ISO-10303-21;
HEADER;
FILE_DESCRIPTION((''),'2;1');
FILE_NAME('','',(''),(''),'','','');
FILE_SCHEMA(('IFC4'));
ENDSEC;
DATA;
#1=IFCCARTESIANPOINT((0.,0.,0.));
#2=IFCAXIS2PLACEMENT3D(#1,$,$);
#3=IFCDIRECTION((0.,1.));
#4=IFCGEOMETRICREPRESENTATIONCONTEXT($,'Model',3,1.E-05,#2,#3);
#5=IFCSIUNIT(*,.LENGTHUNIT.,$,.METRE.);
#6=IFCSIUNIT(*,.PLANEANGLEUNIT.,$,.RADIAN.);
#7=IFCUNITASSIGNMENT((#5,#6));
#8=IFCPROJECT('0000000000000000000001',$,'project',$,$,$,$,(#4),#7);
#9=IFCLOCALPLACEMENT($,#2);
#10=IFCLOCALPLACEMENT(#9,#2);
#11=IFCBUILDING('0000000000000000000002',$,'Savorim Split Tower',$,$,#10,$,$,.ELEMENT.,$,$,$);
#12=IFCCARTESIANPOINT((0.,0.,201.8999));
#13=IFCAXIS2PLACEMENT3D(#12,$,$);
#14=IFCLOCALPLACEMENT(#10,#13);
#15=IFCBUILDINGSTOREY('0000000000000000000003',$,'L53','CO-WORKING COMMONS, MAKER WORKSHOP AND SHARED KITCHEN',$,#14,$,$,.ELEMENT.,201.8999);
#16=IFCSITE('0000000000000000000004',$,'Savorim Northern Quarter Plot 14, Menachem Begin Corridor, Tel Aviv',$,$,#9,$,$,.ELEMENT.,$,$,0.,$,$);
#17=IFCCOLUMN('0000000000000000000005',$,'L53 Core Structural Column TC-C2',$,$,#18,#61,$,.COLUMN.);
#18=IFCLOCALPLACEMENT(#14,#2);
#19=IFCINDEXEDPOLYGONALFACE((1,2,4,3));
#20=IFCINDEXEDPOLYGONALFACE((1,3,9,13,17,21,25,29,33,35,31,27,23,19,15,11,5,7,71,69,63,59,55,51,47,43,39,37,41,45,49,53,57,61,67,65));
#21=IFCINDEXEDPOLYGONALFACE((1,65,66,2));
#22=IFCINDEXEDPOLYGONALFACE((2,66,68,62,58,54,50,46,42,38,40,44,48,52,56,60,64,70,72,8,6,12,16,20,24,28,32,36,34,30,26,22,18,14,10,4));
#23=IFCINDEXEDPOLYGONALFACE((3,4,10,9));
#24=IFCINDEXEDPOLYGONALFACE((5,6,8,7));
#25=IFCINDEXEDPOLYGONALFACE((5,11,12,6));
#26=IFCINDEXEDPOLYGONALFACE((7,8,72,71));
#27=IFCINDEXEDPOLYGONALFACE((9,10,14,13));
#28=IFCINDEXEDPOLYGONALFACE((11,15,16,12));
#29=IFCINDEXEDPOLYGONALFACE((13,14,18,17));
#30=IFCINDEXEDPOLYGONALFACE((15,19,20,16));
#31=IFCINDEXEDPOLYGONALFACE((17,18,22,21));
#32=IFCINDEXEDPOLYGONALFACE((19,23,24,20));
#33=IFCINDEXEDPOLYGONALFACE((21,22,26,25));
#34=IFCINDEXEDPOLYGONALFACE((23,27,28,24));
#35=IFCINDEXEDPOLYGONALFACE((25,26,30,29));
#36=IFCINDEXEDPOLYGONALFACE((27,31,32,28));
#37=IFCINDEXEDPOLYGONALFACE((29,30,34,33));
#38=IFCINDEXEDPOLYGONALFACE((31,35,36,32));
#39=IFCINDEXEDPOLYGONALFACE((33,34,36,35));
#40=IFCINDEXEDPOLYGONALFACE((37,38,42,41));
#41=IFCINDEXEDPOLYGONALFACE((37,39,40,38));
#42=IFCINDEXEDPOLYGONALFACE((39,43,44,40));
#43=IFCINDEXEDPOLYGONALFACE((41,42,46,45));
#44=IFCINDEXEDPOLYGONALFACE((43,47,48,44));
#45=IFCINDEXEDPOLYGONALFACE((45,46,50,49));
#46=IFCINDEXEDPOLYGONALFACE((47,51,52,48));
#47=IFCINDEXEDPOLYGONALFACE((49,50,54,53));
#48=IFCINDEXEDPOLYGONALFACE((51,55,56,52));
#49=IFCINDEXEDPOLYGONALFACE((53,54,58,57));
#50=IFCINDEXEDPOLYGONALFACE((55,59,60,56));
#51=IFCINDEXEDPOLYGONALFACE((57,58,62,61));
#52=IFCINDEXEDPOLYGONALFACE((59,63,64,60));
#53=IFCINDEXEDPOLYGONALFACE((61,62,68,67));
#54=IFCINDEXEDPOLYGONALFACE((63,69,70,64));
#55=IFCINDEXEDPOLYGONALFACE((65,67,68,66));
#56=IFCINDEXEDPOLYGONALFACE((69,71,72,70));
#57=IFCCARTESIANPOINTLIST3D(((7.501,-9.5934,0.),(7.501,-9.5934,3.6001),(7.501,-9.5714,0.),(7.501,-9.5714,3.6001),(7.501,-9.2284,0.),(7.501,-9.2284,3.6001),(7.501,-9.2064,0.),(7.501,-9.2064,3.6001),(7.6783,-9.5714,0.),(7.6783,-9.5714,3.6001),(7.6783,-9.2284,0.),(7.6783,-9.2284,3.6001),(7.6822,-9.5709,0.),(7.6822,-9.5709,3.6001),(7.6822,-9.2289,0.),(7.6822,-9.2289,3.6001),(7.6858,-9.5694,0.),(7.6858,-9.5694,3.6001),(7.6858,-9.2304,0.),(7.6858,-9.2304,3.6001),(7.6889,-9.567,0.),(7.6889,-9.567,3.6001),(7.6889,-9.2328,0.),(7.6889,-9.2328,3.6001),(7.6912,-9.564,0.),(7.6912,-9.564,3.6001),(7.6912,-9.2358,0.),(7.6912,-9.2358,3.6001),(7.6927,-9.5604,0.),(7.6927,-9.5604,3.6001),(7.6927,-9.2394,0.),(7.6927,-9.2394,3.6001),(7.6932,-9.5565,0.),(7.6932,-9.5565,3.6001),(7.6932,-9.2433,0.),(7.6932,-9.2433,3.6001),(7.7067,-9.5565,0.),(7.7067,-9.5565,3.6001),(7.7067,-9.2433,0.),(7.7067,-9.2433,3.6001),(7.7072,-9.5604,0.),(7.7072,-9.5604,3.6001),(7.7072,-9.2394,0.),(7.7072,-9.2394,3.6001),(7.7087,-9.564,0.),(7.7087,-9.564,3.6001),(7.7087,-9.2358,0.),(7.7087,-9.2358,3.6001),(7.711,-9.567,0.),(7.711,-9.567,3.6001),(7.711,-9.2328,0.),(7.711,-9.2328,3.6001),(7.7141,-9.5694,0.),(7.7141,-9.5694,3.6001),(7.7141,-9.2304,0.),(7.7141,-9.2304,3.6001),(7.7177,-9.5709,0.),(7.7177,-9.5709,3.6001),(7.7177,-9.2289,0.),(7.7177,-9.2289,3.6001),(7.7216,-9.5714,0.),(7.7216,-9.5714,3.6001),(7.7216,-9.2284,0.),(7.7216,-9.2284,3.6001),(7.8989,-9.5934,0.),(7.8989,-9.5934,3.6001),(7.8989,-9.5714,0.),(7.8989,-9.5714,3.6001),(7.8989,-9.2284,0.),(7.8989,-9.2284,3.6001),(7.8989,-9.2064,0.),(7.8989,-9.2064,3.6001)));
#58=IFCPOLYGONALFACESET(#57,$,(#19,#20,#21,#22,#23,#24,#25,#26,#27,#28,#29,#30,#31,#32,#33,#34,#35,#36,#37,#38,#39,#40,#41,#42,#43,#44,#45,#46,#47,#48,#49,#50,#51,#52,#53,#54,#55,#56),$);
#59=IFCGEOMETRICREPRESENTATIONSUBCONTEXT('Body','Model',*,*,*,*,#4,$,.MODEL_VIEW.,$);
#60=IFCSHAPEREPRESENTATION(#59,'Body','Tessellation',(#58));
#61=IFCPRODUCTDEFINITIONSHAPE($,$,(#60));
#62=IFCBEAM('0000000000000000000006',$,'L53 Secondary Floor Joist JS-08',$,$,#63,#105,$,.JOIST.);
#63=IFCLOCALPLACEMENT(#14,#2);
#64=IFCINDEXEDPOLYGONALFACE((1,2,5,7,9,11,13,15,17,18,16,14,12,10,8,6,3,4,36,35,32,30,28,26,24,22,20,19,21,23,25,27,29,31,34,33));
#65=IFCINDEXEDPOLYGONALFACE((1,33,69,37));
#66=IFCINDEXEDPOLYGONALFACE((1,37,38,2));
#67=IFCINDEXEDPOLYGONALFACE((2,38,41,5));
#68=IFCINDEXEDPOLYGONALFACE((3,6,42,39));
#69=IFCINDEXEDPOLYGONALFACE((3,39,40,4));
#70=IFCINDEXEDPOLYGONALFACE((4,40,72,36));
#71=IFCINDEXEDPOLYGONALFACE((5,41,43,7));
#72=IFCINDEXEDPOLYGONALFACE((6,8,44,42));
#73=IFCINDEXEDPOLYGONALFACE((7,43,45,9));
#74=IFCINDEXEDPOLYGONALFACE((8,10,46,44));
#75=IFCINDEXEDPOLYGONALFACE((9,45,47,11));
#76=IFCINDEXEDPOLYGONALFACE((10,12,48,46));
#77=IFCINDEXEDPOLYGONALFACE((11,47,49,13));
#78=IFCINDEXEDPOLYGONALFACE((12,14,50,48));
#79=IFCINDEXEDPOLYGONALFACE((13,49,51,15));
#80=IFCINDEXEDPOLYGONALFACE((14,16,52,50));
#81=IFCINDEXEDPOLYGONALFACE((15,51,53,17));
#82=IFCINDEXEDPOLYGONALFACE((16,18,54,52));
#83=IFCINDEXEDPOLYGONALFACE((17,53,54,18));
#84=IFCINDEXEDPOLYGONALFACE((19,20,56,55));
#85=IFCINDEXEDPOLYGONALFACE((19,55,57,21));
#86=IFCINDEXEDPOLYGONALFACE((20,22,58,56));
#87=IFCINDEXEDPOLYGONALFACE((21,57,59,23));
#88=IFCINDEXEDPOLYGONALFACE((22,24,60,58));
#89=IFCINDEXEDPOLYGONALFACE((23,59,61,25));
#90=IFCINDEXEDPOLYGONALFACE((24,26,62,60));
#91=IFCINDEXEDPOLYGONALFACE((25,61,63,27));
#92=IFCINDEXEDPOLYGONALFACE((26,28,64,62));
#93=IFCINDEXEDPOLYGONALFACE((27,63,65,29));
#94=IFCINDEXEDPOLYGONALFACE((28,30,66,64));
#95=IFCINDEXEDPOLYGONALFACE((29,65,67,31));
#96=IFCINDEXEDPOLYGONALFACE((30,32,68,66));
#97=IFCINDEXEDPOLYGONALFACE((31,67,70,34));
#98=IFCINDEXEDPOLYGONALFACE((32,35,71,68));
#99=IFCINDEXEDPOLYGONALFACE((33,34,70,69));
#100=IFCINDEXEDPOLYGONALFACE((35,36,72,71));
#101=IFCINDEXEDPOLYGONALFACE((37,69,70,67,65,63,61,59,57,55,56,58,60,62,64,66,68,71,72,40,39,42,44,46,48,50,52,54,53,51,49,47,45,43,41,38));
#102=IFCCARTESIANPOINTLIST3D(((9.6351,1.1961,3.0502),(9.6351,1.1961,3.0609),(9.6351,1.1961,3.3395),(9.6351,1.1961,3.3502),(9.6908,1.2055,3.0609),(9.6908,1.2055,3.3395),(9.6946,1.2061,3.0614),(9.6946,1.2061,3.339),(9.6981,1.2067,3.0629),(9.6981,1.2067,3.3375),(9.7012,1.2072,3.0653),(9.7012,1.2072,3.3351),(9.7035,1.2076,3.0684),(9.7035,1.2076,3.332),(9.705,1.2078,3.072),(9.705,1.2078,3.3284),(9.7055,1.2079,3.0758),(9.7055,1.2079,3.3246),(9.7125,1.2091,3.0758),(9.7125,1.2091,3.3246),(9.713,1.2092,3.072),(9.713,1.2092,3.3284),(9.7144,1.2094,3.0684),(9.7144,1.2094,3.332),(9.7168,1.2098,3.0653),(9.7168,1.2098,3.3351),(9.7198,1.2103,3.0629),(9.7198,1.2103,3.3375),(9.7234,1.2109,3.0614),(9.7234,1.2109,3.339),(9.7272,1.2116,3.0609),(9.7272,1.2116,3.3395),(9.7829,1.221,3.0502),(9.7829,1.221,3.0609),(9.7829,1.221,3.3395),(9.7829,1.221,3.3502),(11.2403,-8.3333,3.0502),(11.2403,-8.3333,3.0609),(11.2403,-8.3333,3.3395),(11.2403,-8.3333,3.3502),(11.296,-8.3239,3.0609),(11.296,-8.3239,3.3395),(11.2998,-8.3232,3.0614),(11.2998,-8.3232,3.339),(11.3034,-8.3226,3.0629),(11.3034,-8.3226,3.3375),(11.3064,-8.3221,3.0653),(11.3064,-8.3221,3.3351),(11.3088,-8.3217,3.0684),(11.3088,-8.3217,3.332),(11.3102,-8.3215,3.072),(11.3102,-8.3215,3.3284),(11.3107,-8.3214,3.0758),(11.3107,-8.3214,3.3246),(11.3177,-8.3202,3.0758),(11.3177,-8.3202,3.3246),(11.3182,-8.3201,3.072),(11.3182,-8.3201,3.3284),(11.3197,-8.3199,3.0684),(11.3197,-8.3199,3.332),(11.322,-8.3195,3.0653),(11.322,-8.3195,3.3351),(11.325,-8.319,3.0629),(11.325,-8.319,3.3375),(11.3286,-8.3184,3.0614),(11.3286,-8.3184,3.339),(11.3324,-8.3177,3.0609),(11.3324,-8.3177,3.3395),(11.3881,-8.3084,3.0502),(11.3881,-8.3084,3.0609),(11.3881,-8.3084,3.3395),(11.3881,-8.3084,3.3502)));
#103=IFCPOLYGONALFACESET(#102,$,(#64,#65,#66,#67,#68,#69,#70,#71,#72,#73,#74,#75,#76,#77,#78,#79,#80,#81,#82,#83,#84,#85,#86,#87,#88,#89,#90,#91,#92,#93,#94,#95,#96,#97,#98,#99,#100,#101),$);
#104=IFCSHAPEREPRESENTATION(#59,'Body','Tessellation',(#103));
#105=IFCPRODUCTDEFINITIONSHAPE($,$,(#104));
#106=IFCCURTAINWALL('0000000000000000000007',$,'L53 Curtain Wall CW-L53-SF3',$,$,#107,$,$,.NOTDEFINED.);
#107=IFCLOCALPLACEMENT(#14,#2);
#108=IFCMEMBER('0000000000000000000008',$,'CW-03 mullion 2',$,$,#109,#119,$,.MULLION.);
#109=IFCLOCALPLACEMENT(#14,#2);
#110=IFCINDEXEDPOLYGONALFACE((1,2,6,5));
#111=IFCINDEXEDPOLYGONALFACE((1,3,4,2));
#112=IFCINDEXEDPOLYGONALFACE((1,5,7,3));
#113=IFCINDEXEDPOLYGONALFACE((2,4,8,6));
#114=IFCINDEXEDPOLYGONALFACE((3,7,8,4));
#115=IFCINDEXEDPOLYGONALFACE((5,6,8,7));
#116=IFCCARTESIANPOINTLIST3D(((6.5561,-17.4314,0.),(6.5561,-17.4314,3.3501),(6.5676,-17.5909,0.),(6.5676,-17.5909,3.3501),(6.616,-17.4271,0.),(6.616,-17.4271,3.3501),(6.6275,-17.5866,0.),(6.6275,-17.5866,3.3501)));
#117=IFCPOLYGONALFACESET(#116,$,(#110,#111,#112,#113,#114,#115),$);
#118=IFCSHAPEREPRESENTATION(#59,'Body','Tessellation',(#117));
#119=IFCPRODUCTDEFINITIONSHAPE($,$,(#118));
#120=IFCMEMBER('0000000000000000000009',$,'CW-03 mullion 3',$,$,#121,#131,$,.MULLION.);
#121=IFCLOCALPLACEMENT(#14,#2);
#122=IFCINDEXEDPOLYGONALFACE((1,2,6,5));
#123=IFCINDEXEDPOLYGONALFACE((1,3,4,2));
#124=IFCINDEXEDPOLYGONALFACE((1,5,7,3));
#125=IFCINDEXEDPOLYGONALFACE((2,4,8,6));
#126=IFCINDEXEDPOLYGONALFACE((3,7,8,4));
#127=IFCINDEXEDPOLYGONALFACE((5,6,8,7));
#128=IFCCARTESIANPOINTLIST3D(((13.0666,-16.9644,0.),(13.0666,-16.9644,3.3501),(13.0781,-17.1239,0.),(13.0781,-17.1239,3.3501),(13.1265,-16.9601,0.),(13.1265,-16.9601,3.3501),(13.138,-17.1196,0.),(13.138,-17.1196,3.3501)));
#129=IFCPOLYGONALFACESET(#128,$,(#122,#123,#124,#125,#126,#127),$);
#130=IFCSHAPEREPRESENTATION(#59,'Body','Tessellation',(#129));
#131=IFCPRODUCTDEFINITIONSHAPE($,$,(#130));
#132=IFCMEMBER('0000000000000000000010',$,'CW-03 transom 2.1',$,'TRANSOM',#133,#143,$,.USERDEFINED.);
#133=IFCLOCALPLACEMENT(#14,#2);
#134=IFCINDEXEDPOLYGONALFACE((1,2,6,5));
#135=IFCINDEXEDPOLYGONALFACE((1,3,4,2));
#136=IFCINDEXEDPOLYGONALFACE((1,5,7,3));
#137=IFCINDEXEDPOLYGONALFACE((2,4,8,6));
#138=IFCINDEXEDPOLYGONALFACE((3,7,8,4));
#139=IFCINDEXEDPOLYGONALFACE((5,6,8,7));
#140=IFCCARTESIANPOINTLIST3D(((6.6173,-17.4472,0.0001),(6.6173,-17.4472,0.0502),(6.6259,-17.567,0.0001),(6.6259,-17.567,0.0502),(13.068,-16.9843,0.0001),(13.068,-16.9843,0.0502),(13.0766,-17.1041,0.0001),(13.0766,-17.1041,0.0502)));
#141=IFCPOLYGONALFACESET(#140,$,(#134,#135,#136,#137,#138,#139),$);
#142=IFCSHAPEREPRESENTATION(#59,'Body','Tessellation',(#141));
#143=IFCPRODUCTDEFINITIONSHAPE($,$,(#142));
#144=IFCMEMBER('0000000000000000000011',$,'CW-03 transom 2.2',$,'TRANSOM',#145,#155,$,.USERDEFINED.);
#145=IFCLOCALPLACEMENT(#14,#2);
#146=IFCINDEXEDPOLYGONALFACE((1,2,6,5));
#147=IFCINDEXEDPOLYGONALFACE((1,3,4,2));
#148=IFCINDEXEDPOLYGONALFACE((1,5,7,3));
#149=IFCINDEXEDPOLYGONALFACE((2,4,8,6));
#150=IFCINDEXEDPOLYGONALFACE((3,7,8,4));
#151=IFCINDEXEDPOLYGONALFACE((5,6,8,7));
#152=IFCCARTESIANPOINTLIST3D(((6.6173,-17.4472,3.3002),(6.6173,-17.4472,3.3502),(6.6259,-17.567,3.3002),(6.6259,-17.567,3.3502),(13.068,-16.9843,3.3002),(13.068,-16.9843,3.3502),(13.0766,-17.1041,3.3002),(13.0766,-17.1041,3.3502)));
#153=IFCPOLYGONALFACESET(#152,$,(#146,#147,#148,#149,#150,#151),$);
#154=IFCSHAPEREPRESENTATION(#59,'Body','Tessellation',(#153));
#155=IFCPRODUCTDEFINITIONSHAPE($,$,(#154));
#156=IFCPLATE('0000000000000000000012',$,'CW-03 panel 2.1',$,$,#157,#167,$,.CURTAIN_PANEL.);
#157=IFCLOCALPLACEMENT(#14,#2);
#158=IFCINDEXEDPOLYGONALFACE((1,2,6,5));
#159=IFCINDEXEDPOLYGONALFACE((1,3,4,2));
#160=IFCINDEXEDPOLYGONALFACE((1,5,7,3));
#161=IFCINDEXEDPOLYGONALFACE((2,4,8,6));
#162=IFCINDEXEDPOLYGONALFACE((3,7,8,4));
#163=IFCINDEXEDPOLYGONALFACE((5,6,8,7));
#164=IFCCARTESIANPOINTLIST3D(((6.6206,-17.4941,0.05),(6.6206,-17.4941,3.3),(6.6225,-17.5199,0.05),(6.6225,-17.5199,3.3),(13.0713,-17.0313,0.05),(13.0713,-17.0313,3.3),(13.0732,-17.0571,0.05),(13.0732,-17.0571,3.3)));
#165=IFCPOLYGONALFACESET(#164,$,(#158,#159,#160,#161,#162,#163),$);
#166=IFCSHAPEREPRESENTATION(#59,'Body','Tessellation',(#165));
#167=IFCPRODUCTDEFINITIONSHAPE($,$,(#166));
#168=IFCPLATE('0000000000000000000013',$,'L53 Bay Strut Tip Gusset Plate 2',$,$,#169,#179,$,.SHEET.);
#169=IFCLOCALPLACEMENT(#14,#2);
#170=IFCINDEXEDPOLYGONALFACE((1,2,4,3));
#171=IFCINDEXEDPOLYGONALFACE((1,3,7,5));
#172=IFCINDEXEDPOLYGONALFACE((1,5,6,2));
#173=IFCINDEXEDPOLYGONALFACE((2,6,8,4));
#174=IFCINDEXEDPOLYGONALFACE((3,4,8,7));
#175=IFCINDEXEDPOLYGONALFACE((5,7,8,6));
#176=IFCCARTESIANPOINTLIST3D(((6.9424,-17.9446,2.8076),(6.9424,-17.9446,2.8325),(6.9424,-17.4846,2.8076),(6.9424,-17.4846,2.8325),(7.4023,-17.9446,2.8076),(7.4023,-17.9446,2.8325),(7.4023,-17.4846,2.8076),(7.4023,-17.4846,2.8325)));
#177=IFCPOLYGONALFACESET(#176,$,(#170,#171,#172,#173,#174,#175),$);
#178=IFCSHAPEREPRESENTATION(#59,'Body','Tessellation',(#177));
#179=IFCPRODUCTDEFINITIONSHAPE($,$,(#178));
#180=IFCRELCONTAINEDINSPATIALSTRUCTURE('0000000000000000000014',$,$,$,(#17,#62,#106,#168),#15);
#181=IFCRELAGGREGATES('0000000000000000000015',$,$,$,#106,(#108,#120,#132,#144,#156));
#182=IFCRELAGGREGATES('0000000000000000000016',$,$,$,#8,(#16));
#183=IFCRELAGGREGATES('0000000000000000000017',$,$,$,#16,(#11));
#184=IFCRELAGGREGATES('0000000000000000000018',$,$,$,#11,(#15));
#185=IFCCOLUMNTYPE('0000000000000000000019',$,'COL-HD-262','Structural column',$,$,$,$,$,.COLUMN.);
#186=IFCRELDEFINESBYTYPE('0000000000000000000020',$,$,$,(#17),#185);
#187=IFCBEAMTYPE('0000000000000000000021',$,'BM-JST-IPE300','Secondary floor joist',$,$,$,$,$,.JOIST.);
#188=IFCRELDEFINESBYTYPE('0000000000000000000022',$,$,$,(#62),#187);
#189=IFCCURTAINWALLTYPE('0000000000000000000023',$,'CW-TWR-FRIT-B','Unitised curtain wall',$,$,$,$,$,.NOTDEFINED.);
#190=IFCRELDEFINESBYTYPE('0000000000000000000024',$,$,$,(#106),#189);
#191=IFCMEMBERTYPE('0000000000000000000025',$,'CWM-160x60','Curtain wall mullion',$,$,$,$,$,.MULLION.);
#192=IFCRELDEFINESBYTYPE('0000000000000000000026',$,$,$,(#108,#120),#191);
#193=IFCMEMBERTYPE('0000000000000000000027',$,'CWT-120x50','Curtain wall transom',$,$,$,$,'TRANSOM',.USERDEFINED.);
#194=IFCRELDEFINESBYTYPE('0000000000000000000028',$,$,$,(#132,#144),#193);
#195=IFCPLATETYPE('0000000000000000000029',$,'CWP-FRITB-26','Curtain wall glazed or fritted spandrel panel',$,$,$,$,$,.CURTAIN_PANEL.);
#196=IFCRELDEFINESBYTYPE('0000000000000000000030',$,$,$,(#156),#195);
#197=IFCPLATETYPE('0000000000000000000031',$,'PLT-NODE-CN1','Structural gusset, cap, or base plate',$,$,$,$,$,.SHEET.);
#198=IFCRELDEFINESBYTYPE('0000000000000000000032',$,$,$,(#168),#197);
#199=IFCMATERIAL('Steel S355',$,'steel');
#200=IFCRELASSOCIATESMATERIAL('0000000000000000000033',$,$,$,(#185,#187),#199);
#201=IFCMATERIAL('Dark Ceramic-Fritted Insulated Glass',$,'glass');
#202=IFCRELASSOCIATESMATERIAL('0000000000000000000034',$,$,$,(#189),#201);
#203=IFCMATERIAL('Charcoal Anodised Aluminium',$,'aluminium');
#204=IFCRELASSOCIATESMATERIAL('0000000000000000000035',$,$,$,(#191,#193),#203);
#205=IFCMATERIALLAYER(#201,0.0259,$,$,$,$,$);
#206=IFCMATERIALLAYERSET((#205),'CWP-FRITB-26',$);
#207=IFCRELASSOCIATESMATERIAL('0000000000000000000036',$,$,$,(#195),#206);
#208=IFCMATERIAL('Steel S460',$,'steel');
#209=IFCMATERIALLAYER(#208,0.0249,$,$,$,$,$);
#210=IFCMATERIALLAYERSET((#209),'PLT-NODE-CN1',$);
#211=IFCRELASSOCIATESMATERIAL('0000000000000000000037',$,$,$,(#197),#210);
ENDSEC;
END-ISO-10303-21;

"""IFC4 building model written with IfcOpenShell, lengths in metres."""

from ifc_helpers import new_model, si_unit, direction, frame, origin, origin_2d, place, context, subcontext, project, spatial, rectangle, i_section, extrude, material, layer, layer_set, material_profile, profile_set, type_object, element, aggregate, save


model = new_model("IFC4")

# Units and contexts
model_context = context("Model", 3, precision=1e-05, world=origin(), true_north=direction((0.0, 1.0)))
body_context = subcontext(model_context, "Body", "Model", "MODEL_VIEW")
ifc_project = project(units=[si_unit("LENGTHUNIT", "METRE"), si_unit("PLANEANGLEUNIT", "RADIAN")], contexts=[model_context])

# Site, building, storey
site_placement = place(None, origin())
site = spatial("IfcSite", under=ifc_project, at=site_placement, Name="Savorim Northern Quarter Plot 14, Menachem Begin Corridor, Tel Aviv", CompositionType="ELEMENT", RefElevation=0.0)
building_placement = place(site_placement, origin())
building = spatial("IfcBuilding", under=site, at=building_placement, Name="Savorim Split Tower", CompositionType="ELEMENT")
storey_placement = place(building_placement, frame((0.0, 0.0, 201.8999)))
storey = spatial("IfcBuildingStorey", under=building, at=storey_placement, Name="L53", Description="CO-WORKING COMMONS, MAKER WORKSHOP AND SHARED KITCHEN", CompositionType="ELEMENT", Elevation=201.8999)

# Column
ifc_material_1 = material(Name="Steel S355", Category="steel")
ifc_material_profile_1 = material_profile(ifc_material_1, i_section(OverallWidth=0.3979, OverallDepth=0.387, WebThickness=0.0134, FlangeThickness=0.022, FilletRadius=0.0149, at=origin_2d()), Name="HD 400x262")
ifc_profile_set_1 = profile_set([ifc_material_profile_1], Name="Steel S355")
column_type = type_object("IfcColumnType", Name="COL-HD-262", Description="Structural column", PredefinedType="COLUMN", material=ifc_profile_set_1)
column_placement = place(storey_placement, frame((7.7, -9.3999, 0.0), z_axis=(0.0, 0.0, 1.0), x_axis=(1.0, 0.0, 0.0)))
element("IfcColumn", 1, at=column_placement, inside=storey, type_object=column_type, Name="L53 Core Structural Column TC-C2", PredefinedType="COLUMN", context=body_context, shape_type="SweptSolid", body=[
    extrude(i_section(OverallWidth=0.3979, OverallDepth=0.387, WebThickness=0.0134, FlangeThickness=0.022, FilletRadius=0.0149, at=origin_2d()), origin(), (0.0, 0.0, 1.0), 3.6001),
])

# Beam
ifc_material_profile_2 = material_profile(ifc_material_1, i_section(OverallWidth=0.1499, OverallDepth=0.3, WebThickness=0.0071, FlangeThickness=0.0107, FilletRadius=0.0149, at=origin_2d()), Name="IPE 300")
ifc_profile_set_2 = profile_set([ifc_material_profile_2], Name="Steel S355")
beam_type = type_object("IfcBeamType", Name="BM-JST-IPE300", Description="Secondary floor joist", PredefinedType="JOIST", material=ifc_profile_set_2)
beam_placement = place(storey_placement, frame((11.3142, -8.3208, 3.2002), z_axis=(-0.166111, 0.986107, 0.0), x_axis=(-0.986107, -0.166111, 0.0)))
element("IfcBeam", 2, at=beam_placement, inside=storey, type_object=beam_type, Name="L53 Secondary Floor Joist JS-08", PredefinedType="JOIST", context=body_context, shape_type="SweptSolid", body=[
    extrude(i_section(OverallWidth=0.1499, OverallDepth=0.3, WebThickness=0.0071, FlangeThickness=0.0107, FilletRadius=0.0149, at=origin_2d()), origin(), (0.0, 0.0, 1.0), 9.6636),
])

# Curtain wall, members, plate
ifc_material_2 = material(Name="Dark Ceramic-Fritted Insulated Glass", Category="glass")
curtain_wall_type = type_object("IfcCurtainWallType", Name="CW-TWR-FRIT-B", Description="Unitised curtain wall", PredefinedType="NOTDEFINED", material=ifc_material_2)
curtain_wall_placement = place(storey_placement, origin())
curtain_wall = element("IfcCurtainWall", 3, at=curtain_wall_placement, inside=storey, type_object=curtain_wall_type, Name="L53 Curtain Wall CW-L53-SF3", PredefinedType="NOTDEFINED")
ifc_material_3 = material(Name="Charcoal Anodised Aluminium", Category="aluminium")
ifc_material_profile_3 = material_profile(ifc_material_3, rectangle(XDim=0.1599, YDim=0.0601, at=origin_2d()), Name="ALU-M 160x60")
ifc_profile_set_3 = profile_set([ifc_material_profile_3], Name="Charcoal Anodised Aluminium")
member_type_1 = type_object("IfcMemberType", Name="CWM-160x60", Description="Curtain wall mullion", PredefinedType="MULLION", material=ifc_profile_set_3)
member_1_placement = place(storey_placement, frame((6.5918, -17.509, 0.0), z_axis=(0.0, 0.0, 1.0), x_axis=(-0.071562, 0.997436, 0.0)))
member_1 = element("IfcMember", 4, at=member_1_placement, type_object=member_type_1, Name="CW-03 mullion 2", PredefinedType="MULLION", context=body_context, shape_type="SweptSolid", body=[
    extrude(rectangle(XDim=0.1599, YDim=0.0601, at=origin_2d()), origin(), (0.0, 0.0, 1.0), 3.3501),
])
member_2_placement = place(storey_placement, frame((13.1023, -17.042, 0.0), z_axis=(0.0, 0.0, 1.0), x_axis=(-0.071562, 0.997436, 0.0)))
member_2 = element("IfcMember", 5, at=member_2_placement, type_object=member_type_1, Name="CW-03 mullion 3", PredefinedType="MULLION", context=body_context, shape_type="SweptSolid", body=[
    extrude(rectangle(XDim=0.1599, YDim=0.0601, at=origin_2d()), origin(), (0.0, 0.0, 1.0), 3.3501),
])
ifc_material_profile_4 = material_profile(ifc_material_3, rectangle(XDim=0.1201, YDim=0.05, at=origin_2d()), Name="ALU-T 120x50")
ifc_profile_set_4 = profile_set([ifc_material_profile_4], Name="Charcoal Anodised Aluminium")
member_type_2 = type_object("IfcMemberType", Name="CWT-120x50", Description="Curtain wall transom", ElementType="TRANSOM", PredefinedType="USERDEFINED", material=ifc_profile_set_4)
member_3_placement = place(storey_placement, frame((6.6216, -17.5071, 0.0251), z_axis=(0.997435, 0.071574, 0.0), x_axis=(-0.071574, 0.997435, 0.0)))
member_3 = element("IfcMember", 6, at=member_3_placement, type_object=member_type_2, Name="CW-03 transom 2.1", ObjectType="TRANSOM", PredefinedType="USERDEFINED", context=body_context, shape_type="SweptSolid", body=[
    extrude(rectangle(XDim=0.1201, YDim=0.05, at=origin_2d()), origin(), (0.0, 0.0, 1.0), 6.4673),
])
member_4_placement = place(storey_placement, frame((6.6216, -17.5071, 3.3252), z_axis=(0.997435, 0.071574, 0.0), x_axis=(-0.071574, 0.997435, 0.0)))
member_4 = element("IfcMember", 7, at=member_4_placement, type_object=member_type_2, Name="CW-03 transom 2.2", ObjectType="TRANSOM", PredefinedType="USERDEFINED", context=body_context, shape_type="SweptSolid", body=[
    extrude(rectangle(XDim=0.1201, YDim=0.05, at=origin_2d()), origin(), (0.0, 0.0, 1.0), 6.4673),
])
ifc_layer_1 = layer(ifc_material_2, 0.0259)
ifc_layer_set_1 = layer_set([ifc_layer_1], Name="CWP-FRITB-26")
plate_type_1 = type_object("IfcPlateType", Name="CWP-FRITB-26", Description="Curtain wall glazed or fritted spandrel panel", PredefinedType="CURTAIN_PANEL", material=ifc_layer_set_1)
plate_1_placement = place(storey_placement, frame((9.8469, -17.2756, 0.05), z_axis=(0.0, 0.0, 1.0), x_axis=(0.997436, 0.071562, 0.0)))
plate_1 = element("IfcPlate", 8, at=plate_1_placement, type_object=plate_type_1, Name="CW-03 panel 2.1", PredefinedType="CURTAIN_PANEL", context=body_context, shape_type="SweptSolid", body=[
    extrude(rectangle(XDim=6.4673, YDim=0.0259, at=origin_2d()), origin(), (0.0, 0.0, 1.0), 3.25),
])
aggregate(curtain_wall, [member_1, member_2, member_3, member_4, plate_1])

# Plate
ifc_material_4 = material(Name="Steel S460", Category="steel")
ifc_layer_2 = layer(ifc_material_4, 0.0249)
ifc_layer_set_2 = layer_set([ifc_layer_2], Name="PLT-NODE-CN1")
plate_type_2 = type_object("IfcPlateType", Name="PLT-NODE-CN1", Description="Structural gusset, cap, or base plate", PredefinedType="SHEET", material=ifc_layer_set_2)
plate_2_placement = place(storey_placement, frame((7.1724, -17.7146, 2.8076), z_axis=(0.0, 0.0, 1.0), x_axis=(1.0, 0.0, 0.0)))
element("IfcPlate", 9, at=plate_2_placement, inside=storey, type_object=plate_type_2, Name="L53 Bay Strut Tip Gusset Plate 2", PredefinedType="SHEET", context=body_context, shape_type="SweptSolid", body=[
    extrude(rectangle(XDim=0.46, YDim=0.46, at=origin_2d()), origin(), (0.0, 0.0, 1.0), 0.0249),
])

save(model, "model.ifc")
